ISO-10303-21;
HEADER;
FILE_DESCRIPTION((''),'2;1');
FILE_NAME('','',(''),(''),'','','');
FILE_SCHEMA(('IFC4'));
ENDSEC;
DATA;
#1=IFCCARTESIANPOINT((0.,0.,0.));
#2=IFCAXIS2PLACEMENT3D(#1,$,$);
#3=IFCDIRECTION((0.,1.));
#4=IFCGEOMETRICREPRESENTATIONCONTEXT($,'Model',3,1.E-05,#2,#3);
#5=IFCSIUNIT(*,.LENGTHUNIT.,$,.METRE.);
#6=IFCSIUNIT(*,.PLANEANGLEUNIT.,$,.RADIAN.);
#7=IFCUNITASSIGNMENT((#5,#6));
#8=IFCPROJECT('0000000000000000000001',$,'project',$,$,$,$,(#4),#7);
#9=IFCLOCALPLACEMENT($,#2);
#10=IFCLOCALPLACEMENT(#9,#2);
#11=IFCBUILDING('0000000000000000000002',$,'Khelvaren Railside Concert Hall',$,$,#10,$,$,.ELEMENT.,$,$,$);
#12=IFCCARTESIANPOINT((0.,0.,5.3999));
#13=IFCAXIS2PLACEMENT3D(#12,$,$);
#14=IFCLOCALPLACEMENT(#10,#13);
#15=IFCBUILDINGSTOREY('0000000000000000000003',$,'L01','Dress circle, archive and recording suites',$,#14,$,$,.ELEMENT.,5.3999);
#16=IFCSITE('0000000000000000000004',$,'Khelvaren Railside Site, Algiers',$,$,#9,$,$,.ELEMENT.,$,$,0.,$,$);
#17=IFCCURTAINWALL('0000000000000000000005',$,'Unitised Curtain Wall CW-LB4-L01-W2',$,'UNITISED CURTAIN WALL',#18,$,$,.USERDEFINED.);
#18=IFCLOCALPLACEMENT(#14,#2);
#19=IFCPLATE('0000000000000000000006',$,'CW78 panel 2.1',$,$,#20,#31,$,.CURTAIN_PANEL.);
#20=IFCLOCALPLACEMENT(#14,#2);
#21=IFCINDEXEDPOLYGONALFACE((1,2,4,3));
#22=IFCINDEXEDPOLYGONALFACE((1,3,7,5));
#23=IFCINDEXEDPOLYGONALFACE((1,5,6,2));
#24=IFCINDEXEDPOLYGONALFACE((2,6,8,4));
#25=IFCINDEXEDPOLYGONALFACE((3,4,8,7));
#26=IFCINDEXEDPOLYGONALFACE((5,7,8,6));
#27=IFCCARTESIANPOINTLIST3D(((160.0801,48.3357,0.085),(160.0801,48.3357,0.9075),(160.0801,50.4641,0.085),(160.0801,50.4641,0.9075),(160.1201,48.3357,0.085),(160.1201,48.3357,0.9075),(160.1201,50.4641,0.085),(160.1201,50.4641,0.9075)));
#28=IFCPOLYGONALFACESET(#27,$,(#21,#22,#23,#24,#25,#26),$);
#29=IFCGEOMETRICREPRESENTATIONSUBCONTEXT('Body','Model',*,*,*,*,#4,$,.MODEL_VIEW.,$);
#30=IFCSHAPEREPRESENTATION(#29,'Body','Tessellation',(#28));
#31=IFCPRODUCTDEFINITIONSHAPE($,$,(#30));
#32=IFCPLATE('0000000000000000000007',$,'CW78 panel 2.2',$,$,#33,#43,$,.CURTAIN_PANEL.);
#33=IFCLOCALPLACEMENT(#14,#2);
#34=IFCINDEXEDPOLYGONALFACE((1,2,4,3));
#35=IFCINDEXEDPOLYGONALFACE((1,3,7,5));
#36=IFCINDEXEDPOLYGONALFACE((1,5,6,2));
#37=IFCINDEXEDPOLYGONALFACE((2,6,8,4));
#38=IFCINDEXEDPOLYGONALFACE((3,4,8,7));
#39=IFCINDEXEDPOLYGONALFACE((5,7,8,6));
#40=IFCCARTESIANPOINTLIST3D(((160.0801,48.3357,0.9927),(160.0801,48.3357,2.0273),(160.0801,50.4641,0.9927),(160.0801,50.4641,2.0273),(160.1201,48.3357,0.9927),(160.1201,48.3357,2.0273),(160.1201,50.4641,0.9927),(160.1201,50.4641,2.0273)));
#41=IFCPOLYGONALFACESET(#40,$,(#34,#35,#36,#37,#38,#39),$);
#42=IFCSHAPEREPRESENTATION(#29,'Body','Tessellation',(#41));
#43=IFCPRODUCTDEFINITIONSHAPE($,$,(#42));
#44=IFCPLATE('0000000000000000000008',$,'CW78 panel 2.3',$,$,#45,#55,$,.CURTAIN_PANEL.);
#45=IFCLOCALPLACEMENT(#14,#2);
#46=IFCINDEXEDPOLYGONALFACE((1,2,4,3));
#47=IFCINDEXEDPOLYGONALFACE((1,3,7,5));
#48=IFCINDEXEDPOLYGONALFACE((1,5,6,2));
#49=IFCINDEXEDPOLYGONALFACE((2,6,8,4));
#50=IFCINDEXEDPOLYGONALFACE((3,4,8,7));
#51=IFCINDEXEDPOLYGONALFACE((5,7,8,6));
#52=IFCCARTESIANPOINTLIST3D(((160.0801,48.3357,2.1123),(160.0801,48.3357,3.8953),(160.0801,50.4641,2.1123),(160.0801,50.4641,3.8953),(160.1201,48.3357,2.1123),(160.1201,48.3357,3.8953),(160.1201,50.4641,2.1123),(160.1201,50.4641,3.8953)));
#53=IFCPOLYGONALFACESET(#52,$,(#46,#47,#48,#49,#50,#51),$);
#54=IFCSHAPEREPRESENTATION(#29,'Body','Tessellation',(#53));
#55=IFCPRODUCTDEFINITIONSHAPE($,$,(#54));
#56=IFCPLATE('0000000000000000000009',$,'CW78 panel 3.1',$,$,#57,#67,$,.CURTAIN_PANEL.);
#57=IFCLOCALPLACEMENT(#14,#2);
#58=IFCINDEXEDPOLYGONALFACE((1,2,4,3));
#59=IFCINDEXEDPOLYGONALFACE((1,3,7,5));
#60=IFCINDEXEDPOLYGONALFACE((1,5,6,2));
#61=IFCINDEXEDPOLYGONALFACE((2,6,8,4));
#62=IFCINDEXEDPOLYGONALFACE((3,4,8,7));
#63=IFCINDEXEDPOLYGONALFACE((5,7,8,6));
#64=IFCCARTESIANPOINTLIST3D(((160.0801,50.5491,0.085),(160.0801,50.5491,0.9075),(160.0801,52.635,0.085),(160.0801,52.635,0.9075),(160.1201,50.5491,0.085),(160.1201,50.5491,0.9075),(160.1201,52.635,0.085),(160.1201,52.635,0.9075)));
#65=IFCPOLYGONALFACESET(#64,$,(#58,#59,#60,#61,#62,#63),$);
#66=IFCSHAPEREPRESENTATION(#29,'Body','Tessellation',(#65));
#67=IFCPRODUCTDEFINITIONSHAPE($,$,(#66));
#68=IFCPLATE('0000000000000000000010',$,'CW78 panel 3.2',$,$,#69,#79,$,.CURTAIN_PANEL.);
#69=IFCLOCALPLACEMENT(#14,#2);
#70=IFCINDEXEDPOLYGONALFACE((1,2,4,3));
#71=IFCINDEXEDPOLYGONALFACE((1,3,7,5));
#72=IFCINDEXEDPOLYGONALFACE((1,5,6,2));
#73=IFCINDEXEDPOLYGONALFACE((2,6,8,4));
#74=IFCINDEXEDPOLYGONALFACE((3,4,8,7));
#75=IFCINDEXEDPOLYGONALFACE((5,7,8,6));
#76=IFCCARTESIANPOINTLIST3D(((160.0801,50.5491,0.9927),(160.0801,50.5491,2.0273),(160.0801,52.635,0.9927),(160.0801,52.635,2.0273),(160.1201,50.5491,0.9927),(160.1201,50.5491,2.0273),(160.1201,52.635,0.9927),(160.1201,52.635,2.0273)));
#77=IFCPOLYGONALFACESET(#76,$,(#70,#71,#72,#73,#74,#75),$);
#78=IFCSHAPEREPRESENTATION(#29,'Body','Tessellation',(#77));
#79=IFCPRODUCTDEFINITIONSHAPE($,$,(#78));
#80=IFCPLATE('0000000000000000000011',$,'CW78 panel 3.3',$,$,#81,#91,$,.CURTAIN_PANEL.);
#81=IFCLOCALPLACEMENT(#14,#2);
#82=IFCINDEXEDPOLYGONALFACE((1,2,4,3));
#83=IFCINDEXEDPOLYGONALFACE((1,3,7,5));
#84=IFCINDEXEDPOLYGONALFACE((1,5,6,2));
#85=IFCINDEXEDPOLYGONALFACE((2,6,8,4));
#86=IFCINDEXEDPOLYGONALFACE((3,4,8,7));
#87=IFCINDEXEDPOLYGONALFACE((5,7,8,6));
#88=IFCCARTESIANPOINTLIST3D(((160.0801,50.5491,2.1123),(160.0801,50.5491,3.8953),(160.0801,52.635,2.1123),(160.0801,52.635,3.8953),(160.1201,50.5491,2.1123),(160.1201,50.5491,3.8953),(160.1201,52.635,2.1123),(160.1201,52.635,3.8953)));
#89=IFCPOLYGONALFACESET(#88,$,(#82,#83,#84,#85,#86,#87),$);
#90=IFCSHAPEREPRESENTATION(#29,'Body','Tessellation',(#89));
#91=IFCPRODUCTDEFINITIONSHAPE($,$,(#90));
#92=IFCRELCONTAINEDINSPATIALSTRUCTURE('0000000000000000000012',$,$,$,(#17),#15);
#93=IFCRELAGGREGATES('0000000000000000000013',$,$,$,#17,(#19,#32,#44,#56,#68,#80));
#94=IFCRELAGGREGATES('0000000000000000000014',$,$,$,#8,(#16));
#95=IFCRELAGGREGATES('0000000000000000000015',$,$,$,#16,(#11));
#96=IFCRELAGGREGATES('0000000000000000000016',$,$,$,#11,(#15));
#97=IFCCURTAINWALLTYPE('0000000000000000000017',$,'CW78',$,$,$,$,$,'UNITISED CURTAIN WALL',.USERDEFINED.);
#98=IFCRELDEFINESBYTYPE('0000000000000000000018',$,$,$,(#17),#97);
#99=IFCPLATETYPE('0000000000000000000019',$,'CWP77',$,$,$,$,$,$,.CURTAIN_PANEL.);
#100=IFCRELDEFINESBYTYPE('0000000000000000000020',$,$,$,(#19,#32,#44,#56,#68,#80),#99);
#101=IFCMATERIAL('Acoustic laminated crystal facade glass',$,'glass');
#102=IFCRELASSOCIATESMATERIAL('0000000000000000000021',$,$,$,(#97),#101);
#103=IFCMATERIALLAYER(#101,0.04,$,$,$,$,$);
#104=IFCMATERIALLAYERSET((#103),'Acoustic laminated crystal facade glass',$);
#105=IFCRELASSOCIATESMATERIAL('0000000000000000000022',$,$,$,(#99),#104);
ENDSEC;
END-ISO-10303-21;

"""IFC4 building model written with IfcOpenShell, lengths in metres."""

from ifc_helpers import new_model, si_unit, direction, frame, origin, origin_2d, place, context, subcontext, project, spatial, rectangle, extrude, material, layer, layer_set, type_object, element, aggregate, save


model = new_model("IFC4")

# Units and contexts
model_context = context("Model", 3, precision=1e-05, world=origin(), true_north=direction((0.0, 1.0)))
body_context = subcontext(model_context, "Body", "Model", "MODEL_VIEW")
ifc_project = project(units=[si_unit("LENGTHUNIT", "METRE"), si_unit("PLANEANGLEUNIT", "RADIAN")], contexts=[model_context])

# Site, building, storey
site_placement = place(None, origin())
site = spatial("IfcSite", under=ifc_project, at=site_placement, Name="Khelvaren Railside Site, Algiers", CompositionType="ELEMENT", RefElevation=0.0)
building_placement = place(site_placement, origin())
building = spatial("IfcBuilding", under=site, at=building_placement, Name="Khelvaren Railside Concert Hall", CompositionType="ELEMENT")
storey_placement = place(building_placement, frame((0.0, 0.0, 5.3999)))
storey = spatial("IfcBuildingStorey", under=building, at=storey_placement, Name="L01", Description="Dress circle, archive and recording suites", CompositionType="ELEMENT", Elevation=5.3999)

# Curtain wall
ifc_material_1 = material(Name="Acoustic laminated crystal facade glass", Category="glass")
curtain_wall_type = type_object("IfcCurtainWallType", Name="CW78", ElementType="UNITISED CURTAIN WALL", PredefinedType="USERDEFINED", material=ifc_material_1)
curtain_wall_placement = place(storey_placement, origin())
curtain_wall = element("IfcCurtainWall", 1, at=curtain_wall_placement, inside=storey, type_object=curtain_wall_type, Name="Unitised Curtain Wall CW-LB4-L01-W2", ObjectType="UNITISED CURTAIN WALL", PredefinedType="USERDEFINED")

# Plates
ifc_layer = layer(ifc_material_1, 0.04)
ifc_layer_set = layer_set([ifc_layer], Name="Acoustic laminated crystal facade glass")
plate_type = type_object("IfcPlateType", Name="CWP77", PredefinedType="CURTAIN_PANEL", material=ifc_layer_set)
plate_1_placement = place(storey_placement, frame((160.1001, 49.3999, 0.085), z_axis=(0.0, 0.0, 1.0), x_axis=(0.0, 1.0, 0.0)))
plate_1 = element("IfcPlate", 2, at=plate_1_placement, type_object=plate_type, Name="CW78 panel 2.1", PredefinedType="CURTAIN_PANEL", context=body_context, shape_type="SweptSolid", body=[
    extrude(rectangle(XDim=2.1284, YDim=0.04, at=origin_2d()), origin(), (0.0, 0.0, 1.0), 0.8225),
])
plate_2_placement = place(storey_placement, frame((160.1001, 49.3999, 0.9927), z_axis=(0.0, 0.0, 1.0), x_axis=(0.0, 1.0, 0.0)))
plate_2 = element("IfcPlate", 3, at=plate_2_placement, type_object=plate_type, Name="CW78 panel 2.2", PredefinedType="CURTAIN_PANEL", context=body_context, shape_type="SweptSolid", body=[
    extrude(rectangle(XDim=2.1284, YDim=0.04, at=origin_2d()), origin(), (0.0, 0.0, 1.0), 1.0347),
])
plate_3_placement = place(storey_placement, frame((160.1001, 49.3999, 2.1123), z_axis=(0.0, 0.0, 1.0), x_axis=(0.0, 1.0, 0.0)))
plate_3 = element("IfcPlate", 4, at=plate_3_placement, type_object=plate_type, Name="CW78 panel 2.3", PredefinedType="CURTAIN_PANEL", context=body_context, shape_type="SweptSolid", body=[
    extrude(rectangle(XDim=2.1284, YDim=0.04, at=origin_2d()), origin(), (0.0, 0.0, 1.0), 1.783),
])
plate_4_placement = place(storey_placement, frame((160.1001, 51.592, 0.085), z_axis=(0.0, 0.0, 1.0), x_axis=(0.0, 1.0, 0.0)))
plate_4 = element("IfcPlate", 5, at=plate_4_placement, type_object=plate_type, Name="CW78 panel 3.1", PredefinedType="CURTAIN_PANEL", context=body_context, shape_type="SweptSolid", body=[
    extrude(rectangle(XDim=2.0859, YDim=0.04, at=origin_2d()), origin(), (0.0, 0.0, 1.0), 0.8225),
])
plate_5_placement = place(storey_placement, frame((160.1001, 51.592, 0.9927), z_axis=(0.0, 0.0, 1.0), x_axis=(0.0, 1.0, 0.0)))
plate_5 = element("IfcPlate", 6, at=plate_5_placement, type_object=plate_type, Name="CW78 panel 3.2", PredefinedType="CURTAIN_PANEL", context=body_context, shape_type="SweptSolid", body=[
    extrude(rectangle(XDim=2.0859, YDim=0.04, at=origin_2d()), origin(), (0.0, 0.0, 1.0), 1.0347),
])
plate_6_placement = place(storey_placement, frame((160.1001, 51.592, 2.1123), z_axis=(0.0, 0.0, 1.0), x_axis=(0.0, 1.0, 0.0)))
plate_6 = element("IfcPlate", 7, at=plate_6_placement, type_object=plate_type, Name="CW78 panel 3.3", PredefinedType="CURTAIN_PANEL", context=body_context, shape_type="SweptSolid", body=[
    extrude(rectangle(XDim=2.0859, YDim=0.04, at=origin_2d()), origin(), (0.0, 0.0, 1.0), 1.783),
])
aggregate(curtain_wall, [plate_1, plate_2, plate_3, plate_4, plate_5, plate_6])

save(model, "model.ifc")
